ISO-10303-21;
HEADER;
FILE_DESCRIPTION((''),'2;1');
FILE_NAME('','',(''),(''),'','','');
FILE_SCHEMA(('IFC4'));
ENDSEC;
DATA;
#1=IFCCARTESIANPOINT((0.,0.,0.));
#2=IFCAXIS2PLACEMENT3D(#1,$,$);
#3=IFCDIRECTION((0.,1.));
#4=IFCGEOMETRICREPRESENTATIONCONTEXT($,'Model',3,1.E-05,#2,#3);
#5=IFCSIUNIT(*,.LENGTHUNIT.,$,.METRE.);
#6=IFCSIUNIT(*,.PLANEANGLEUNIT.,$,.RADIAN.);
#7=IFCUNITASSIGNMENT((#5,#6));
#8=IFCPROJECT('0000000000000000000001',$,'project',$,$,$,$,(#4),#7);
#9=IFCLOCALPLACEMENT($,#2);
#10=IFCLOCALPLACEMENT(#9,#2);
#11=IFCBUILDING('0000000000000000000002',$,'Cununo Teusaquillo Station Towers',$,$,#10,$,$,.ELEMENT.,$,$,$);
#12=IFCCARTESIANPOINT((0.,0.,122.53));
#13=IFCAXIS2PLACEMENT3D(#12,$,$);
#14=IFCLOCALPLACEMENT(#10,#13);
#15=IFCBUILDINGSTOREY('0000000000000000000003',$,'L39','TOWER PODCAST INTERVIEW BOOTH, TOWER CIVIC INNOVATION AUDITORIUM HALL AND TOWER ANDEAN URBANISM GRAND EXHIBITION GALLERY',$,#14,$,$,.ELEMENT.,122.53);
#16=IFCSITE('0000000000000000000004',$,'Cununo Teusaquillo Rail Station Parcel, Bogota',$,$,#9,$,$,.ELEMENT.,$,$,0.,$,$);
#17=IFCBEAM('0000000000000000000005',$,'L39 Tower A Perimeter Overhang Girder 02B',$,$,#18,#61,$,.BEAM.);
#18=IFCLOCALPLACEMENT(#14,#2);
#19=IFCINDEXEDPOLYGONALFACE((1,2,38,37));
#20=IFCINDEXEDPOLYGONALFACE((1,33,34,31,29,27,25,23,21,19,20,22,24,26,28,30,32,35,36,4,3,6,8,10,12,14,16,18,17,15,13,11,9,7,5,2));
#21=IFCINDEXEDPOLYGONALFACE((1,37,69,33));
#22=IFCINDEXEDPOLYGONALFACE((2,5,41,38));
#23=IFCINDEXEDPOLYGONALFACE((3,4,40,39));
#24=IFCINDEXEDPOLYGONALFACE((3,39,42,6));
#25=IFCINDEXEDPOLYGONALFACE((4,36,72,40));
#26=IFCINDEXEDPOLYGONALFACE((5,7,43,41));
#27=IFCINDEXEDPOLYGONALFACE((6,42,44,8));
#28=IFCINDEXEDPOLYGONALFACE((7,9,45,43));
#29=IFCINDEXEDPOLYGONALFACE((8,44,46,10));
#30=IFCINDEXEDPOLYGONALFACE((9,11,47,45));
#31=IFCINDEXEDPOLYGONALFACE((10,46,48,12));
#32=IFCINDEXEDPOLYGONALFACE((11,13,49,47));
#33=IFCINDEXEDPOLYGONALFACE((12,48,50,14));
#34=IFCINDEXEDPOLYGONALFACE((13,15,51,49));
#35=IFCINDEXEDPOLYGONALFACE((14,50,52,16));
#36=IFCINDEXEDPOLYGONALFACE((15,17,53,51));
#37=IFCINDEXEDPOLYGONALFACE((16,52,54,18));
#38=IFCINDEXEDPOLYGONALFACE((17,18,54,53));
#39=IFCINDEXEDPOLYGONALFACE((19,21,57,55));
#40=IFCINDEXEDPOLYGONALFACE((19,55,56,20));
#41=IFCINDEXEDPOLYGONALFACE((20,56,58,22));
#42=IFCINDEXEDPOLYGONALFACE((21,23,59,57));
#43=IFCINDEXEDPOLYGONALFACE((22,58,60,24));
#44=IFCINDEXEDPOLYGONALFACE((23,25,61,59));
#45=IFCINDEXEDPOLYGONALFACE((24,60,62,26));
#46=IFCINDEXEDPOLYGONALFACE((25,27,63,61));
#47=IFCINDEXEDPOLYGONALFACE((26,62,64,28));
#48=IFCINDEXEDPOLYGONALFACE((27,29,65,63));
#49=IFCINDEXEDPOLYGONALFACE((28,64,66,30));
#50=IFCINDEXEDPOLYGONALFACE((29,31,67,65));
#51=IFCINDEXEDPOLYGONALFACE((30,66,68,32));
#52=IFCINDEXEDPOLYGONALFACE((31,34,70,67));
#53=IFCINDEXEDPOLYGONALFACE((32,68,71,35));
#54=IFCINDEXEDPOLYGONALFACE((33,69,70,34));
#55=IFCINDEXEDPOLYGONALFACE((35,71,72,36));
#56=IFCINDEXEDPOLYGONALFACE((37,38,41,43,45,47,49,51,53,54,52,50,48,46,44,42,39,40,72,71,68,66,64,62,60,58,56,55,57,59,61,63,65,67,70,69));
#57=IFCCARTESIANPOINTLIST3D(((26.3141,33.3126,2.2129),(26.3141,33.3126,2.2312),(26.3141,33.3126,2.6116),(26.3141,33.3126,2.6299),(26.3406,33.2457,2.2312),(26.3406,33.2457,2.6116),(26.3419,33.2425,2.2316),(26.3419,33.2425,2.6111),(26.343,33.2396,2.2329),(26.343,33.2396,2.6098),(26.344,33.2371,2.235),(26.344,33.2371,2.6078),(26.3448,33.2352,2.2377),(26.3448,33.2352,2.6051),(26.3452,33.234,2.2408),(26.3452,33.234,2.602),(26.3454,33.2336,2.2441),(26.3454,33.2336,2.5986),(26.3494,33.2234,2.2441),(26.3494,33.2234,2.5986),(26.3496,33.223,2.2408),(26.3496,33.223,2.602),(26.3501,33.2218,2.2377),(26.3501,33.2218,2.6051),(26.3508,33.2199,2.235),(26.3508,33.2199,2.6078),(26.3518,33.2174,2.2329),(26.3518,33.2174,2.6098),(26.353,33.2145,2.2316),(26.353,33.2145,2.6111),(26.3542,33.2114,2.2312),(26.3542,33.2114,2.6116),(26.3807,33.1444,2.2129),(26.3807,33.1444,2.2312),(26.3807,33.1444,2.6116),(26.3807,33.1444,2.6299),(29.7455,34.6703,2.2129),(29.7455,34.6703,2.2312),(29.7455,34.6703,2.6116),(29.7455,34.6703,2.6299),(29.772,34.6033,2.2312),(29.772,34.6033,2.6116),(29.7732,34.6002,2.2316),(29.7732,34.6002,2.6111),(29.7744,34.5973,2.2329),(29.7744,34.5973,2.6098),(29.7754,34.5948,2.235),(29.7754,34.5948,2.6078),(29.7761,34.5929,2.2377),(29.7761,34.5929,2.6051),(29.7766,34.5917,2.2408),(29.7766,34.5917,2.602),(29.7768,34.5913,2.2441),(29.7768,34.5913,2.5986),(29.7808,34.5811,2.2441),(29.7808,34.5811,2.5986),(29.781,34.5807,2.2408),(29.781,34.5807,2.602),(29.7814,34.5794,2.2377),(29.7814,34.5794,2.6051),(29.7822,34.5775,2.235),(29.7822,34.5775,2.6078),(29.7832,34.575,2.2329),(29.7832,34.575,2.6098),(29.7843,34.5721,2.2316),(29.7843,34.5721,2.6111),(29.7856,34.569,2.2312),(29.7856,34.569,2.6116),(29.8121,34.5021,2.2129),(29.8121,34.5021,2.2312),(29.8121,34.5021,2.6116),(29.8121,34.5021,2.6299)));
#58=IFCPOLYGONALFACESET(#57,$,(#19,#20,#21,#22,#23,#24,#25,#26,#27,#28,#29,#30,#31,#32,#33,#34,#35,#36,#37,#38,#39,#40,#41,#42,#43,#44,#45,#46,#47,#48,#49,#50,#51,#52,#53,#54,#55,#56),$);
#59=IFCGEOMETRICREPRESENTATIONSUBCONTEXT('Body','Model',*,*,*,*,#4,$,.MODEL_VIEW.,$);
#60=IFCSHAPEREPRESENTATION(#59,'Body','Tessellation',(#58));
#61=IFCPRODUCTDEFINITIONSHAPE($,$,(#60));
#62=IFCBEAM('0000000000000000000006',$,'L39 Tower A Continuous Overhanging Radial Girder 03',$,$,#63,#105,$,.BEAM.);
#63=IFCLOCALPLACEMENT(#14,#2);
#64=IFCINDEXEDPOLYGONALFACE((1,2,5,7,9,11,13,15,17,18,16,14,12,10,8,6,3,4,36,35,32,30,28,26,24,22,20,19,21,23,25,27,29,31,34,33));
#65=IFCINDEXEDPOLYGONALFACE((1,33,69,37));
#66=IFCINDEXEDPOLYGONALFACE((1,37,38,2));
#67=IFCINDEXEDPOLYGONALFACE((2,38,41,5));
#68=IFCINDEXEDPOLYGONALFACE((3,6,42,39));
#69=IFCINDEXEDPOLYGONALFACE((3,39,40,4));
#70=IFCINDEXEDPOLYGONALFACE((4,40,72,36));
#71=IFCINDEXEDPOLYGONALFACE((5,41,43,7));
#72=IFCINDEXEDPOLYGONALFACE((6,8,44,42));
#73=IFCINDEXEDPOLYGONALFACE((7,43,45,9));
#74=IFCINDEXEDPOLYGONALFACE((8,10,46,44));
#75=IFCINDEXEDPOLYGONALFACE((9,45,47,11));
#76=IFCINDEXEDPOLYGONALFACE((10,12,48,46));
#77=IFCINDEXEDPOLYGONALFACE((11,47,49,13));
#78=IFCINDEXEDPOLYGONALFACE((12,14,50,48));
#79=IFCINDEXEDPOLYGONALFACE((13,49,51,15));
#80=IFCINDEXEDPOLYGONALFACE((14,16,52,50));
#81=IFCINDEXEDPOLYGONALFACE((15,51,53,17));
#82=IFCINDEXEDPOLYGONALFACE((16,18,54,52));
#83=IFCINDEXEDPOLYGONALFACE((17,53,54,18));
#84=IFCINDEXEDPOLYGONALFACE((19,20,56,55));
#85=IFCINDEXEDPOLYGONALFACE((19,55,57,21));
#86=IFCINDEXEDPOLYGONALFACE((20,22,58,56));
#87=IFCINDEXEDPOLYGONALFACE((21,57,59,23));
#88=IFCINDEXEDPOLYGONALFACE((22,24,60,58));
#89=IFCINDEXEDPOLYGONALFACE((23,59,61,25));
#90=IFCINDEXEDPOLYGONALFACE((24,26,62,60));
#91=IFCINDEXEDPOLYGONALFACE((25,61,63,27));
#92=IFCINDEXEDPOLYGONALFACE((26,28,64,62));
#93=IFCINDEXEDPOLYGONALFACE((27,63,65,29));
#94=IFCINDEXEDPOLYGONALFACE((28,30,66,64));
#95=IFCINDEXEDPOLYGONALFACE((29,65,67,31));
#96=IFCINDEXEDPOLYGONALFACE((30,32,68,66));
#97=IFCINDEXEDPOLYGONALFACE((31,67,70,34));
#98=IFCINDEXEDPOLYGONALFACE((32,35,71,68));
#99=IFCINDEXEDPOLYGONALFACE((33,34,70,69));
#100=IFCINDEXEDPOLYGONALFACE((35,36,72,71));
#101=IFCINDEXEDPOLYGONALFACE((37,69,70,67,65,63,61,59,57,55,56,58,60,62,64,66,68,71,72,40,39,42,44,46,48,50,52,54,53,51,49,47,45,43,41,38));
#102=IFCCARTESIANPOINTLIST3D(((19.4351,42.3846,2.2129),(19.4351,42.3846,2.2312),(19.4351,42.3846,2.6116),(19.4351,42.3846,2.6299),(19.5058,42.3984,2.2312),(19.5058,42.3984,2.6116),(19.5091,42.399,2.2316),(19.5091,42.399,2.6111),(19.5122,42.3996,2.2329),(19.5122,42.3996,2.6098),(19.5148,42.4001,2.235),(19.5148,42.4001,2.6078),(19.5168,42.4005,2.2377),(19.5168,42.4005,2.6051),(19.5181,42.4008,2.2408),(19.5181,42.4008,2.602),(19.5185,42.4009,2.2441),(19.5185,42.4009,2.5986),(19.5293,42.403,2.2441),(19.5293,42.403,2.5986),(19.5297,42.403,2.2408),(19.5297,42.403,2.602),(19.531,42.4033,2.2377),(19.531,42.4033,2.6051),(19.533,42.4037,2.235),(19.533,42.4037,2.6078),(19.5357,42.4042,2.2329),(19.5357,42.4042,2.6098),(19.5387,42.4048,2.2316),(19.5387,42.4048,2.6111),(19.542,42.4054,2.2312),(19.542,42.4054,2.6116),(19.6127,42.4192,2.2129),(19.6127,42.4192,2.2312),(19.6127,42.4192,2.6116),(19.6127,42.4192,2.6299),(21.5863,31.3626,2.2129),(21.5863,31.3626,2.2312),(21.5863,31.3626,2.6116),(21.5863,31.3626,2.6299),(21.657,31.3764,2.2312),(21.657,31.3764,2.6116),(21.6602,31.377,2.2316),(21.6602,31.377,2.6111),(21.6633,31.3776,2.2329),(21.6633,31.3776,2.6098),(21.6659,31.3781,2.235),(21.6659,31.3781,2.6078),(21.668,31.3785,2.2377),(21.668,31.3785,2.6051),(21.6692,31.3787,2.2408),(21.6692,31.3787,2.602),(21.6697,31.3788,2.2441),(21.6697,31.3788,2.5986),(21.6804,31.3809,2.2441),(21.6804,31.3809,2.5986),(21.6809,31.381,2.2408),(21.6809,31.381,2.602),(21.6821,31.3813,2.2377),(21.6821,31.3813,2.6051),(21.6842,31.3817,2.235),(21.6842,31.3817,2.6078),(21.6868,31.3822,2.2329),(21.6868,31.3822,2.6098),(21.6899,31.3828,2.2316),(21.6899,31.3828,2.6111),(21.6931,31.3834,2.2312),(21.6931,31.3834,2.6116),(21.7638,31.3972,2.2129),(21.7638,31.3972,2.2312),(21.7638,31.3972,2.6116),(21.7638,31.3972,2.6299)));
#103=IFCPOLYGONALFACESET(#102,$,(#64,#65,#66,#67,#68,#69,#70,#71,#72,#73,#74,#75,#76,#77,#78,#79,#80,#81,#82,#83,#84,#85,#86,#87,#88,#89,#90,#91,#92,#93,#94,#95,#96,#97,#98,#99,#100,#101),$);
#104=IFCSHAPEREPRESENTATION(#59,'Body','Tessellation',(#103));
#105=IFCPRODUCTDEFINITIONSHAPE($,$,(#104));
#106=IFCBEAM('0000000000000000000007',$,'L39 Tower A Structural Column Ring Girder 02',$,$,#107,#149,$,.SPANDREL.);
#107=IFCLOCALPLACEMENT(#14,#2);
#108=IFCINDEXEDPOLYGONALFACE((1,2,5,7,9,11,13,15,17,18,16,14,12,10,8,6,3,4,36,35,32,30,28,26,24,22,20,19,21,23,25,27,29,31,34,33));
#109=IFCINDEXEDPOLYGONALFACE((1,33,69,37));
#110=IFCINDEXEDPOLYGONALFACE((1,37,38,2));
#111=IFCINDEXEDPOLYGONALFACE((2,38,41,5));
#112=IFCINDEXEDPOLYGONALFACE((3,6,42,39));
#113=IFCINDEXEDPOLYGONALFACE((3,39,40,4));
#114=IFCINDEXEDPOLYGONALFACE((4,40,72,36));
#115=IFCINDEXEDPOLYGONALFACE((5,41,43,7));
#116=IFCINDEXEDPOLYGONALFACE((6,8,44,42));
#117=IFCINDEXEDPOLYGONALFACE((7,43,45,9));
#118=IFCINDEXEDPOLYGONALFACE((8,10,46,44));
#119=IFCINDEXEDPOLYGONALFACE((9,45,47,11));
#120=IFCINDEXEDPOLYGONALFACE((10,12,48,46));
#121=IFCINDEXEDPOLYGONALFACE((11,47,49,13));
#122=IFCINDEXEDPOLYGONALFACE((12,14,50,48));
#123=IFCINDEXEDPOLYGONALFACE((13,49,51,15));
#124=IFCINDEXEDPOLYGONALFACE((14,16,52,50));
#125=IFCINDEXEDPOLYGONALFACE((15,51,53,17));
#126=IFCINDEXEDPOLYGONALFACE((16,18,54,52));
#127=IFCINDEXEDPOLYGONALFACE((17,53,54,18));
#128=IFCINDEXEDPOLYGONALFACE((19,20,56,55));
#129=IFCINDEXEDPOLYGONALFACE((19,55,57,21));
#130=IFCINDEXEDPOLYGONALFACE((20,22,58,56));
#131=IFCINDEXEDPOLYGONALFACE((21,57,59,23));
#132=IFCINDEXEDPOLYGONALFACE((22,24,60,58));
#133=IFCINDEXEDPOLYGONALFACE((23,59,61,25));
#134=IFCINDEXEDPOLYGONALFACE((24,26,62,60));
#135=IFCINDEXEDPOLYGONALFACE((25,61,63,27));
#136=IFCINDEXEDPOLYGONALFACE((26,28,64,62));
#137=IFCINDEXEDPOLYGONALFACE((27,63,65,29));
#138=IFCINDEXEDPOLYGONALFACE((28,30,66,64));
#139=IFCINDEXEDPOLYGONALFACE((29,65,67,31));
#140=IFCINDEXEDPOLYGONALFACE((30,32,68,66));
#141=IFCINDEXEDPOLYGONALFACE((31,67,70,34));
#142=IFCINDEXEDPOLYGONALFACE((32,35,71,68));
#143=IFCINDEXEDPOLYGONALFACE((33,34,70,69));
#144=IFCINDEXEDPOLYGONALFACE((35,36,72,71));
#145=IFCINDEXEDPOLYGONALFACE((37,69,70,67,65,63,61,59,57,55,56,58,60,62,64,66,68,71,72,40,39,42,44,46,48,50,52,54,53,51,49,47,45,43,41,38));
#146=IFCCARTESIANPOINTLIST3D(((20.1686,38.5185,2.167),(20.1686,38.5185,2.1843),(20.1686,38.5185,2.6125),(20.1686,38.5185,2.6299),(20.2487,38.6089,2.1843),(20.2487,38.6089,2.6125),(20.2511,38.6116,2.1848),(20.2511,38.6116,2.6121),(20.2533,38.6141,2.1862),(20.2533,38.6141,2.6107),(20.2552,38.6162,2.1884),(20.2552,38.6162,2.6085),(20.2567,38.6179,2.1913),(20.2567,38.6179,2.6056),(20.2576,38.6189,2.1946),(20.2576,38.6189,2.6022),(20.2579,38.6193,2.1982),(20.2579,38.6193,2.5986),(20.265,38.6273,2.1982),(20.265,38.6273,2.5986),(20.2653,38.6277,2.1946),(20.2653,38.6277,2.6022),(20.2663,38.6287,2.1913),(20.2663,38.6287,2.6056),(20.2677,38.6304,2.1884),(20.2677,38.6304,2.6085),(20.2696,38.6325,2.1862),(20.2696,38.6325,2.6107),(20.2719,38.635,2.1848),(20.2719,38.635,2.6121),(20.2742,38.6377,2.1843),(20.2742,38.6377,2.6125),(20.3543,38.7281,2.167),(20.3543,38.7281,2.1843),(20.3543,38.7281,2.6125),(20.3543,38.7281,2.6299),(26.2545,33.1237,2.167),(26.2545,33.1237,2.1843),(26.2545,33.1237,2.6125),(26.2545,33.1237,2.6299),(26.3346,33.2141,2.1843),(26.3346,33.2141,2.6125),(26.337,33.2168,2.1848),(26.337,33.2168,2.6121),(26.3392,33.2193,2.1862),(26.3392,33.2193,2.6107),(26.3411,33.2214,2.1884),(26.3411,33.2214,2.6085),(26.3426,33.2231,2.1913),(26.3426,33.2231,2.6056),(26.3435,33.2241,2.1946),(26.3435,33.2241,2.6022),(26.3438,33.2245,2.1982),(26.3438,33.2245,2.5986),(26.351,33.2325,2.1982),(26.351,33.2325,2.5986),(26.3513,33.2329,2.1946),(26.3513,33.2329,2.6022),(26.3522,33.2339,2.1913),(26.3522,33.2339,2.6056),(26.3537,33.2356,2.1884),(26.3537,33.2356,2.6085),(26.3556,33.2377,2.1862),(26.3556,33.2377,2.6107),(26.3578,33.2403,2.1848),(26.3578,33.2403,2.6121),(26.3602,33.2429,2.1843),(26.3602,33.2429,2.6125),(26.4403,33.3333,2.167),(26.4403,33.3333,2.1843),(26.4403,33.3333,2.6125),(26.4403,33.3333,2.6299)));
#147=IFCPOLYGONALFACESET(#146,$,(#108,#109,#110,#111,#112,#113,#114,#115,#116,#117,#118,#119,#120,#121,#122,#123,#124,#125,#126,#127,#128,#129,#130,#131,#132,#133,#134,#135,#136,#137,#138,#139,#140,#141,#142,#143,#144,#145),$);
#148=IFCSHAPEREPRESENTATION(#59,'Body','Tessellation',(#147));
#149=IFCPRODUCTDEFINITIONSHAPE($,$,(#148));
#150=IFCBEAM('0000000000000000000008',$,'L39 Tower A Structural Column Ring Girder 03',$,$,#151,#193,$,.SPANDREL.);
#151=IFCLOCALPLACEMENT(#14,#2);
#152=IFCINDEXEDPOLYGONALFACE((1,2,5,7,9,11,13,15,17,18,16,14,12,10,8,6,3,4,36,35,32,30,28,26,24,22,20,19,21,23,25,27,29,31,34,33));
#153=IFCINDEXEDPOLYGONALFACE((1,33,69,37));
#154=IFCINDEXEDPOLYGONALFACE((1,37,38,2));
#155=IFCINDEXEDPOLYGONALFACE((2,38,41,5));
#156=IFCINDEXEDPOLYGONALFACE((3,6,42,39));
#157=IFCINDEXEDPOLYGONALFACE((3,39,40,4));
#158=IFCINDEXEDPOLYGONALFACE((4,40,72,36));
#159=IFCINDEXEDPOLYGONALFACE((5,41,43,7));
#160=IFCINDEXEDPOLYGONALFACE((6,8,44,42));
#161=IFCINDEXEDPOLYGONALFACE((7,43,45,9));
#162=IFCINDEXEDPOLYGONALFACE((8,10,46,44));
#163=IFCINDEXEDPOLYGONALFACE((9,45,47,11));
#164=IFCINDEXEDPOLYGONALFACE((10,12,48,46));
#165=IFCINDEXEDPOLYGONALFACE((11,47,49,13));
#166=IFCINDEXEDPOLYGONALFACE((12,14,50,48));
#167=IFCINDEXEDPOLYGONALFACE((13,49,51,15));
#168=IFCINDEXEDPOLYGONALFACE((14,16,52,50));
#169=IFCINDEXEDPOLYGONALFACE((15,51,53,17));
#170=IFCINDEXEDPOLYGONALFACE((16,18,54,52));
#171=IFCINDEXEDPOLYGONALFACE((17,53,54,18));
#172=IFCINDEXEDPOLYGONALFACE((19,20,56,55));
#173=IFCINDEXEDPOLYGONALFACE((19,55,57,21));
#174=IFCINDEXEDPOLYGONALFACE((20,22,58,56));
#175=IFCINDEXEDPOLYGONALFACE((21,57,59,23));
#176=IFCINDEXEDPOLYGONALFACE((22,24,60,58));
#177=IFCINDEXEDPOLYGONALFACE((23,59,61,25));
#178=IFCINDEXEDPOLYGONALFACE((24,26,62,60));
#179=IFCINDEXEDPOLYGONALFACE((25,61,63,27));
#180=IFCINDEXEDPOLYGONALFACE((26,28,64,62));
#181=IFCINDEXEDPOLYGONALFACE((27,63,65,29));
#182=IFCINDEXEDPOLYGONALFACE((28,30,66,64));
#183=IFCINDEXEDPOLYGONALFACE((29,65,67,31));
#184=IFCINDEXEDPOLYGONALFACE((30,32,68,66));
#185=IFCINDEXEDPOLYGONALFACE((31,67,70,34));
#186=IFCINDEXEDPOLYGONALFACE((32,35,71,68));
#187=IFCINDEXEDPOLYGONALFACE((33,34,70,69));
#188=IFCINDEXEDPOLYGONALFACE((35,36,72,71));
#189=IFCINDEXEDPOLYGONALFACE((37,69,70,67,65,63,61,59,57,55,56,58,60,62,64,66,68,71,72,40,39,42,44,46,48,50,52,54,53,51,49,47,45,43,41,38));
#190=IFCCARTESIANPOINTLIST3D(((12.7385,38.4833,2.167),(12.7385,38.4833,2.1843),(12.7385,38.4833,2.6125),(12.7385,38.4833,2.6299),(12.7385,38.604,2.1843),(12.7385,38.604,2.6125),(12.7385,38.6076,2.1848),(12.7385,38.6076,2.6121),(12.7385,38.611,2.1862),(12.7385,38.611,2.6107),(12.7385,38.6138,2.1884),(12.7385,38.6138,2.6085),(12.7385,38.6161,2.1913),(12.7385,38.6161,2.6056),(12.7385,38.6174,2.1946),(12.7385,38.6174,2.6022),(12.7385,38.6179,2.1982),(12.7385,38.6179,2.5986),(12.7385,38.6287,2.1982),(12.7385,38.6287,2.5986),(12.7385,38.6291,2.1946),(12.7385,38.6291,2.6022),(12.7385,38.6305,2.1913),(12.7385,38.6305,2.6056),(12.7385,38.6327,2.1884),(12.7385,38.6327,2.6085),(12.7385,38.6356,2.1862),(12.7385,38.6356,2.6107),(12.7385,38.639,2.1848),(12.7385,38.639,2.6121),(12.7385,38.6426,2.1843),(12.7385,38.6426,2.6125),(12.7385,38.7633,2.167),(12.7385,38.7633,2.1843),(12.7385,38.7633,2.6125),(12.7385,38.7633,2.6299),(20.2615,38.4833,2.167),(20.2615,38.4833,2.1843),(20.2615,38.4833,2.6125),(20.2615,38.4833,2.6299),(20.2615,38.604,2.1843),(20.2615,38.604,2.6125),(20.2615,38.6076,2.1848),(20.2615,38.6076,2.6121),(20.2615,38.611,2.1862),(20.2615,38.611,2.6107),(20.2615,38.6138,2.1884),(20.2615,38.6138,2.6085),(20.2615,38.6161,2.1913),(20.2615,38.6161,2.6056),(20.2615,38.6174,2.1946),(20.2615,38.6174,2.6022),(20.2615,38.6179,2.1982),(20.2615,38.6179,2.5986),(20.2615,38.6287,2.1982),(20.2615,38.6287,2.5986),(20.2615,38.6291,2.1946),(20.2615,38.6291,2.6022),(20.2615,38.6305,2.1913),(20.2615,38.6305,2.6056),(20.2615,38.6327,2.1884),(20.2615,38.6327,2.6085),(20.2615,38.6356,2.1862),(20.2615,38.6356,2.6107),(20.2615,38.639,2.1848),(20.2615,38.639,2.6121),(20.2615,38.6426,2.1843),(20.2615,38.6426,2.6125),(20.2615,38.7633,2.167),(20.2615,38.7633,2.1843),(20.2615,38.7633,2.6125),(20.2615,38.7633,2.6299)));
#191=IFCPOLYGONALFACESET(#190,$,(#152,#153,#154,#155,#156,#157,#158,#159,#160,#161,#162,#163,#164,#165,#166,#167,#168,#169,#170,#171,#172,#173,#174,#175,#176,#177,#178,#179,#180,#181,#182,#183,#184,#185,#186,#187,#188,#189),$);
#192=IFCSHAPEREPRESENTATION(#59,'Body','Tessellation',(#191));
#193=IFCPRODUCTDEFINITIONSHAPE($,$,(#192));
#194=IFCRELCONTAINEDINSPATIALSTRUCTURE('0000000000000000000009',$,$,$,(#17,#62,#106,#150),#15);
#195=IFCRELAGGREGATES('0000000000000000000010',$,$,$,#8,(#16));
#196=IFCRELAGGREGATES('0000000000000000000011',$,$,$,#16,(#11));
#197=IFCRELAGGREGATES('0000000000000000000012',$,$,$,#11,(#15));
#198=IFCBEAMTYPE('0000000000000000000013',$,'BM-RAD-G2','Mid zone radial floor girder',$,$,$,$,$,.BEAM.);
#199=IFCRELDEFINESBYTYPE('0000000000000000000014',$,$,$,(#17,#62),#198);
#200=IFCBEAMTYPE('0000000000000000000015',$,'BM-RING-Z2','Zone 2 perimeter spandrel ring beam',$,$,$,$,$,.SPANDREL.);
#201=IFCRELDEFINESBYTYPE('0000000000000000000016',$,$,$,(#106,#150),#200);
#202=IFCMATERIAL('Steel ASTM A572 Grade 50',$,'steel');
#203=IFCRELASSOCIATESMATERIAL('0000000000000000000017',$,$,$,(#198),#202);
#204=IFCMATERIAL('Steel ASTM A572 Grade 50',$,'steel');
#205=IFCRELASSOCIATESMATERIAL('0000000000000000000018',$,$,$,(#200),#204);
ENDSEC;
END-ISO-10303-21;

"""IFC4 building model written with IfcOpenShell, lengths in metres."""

from ifc_helpers import new_model, si_unit, direction, frame, origin, origin_2d, place, context, subcontext, project, spatial, i_section, extrude, material, material_profile, profile_set, type_object, element, save


model = new_model("IFC4")

# Units and contexts
model_context = context("Model", 3, precision=1e-05, world=origin(), true_north=direction((0.0, 1.0)))
body_context = subcontext(model_context, "Body", "Model", "MODEL_VIEW")
ifc_project = project(units=[si_unit("LENGTHUNIT", "METRE"), si_unit("PLANEANGLEUNIT", "RADIAN")], contexts=[model_context])

# Site, building, storey
site_placement = place(None, origin())
site = spatial("IfcSite", under=ifc_project, at=site_placement, Name="Cununo Teusaquillo Rail Station Parcel, Bogota", CompositionType="ELEMENT", RefElevation=0.0)
building_placement = place(site_placement, origin())
building = spatial("IfcBuilding", under=site, at=building_placement, Name="Cununo Teusaquillo Station Towers", CompositionType="ELEMENT")
storey_placement = place(building_placement, frame((0.0, 0.0, 122.53)))
storey = spatial("IfcBuildingStorey", under=building, at=storey_placement, Name="L39", Description="TOWER PODCAST INTERVIEW BOOTH, TOWER CIVIC INNOVATION AUDITORIUM HALL AND TOWER ANDEAN URBANISM GRAND EXHIBITION GALLERY", CompositionType="ELEMENT", Elevation=122.53)

# Beams
ifc_material_1 = material(Name="Steel ASTM A572 Grade 50", Category="steel")
ifc_material_profile_1 = material_profile(ifc_material_1, i_section(OverallWidth=0.1809, OverallDepth=0.417, WebThickness=0.011, FlangeThickness=0.0183, FilletRadius=0.0129, at=origin_2d()), Name="W16X57")
ifc_profile_set_1 = profile_set([ifc_material_profile_1], Name="Steel ASTM A572 Grade 50")
beam_type_1 = type_object("IfcBeamType", Name="BM-RAD-G2", Description="Mid zone radial floor girder", PredefinedType="BEAM", material=ifc_profile_set_1)
beam_1_placement = place(storey_placement, frame((26.3474, 33.2285, 2.4214), z_axis=(0.929862, 0.367909, 0.0), x_axis=(-0.367909, 0.929862, 0.0)))
element("IfcBeam", 1, at=beam_1_placement, inside=storey, type_object=beam_type_1, Name="L39 Tower A Perimeter Overhang Girder 02B", PredefinedType="BEAM", context=body_context, shape_type="SweptSolid", body=[
    extrude(i_section(OverallWidth=0.1809, OverallDepth=0.417, WebThickness=0.011, FlangeThickness=0.0183, FilletRadius=0.0129, at=origin_2d()), origin(), (0.0, 0.0, 1.0), 3.6902),
])
beam_2_placement = place(storey_placement, frame((21.675, 31.3799, 2.4214), z_axis=(-0.191553, 0.981482, 0.0), x_axis=(-0.981482, -0.191553, 0.0)))
element("IfcBeam", 2, at=beam_2_placement, inside=storey, type_object=beam_type_1, Name="L39 Tower A Continuous Overhanging Radial Girder 03", PredefinedType="BEAM", context=body_context, shape_type="SweptSolid", body=[
    extrude(i_section(OverallWidth=0.1809, OverallDepth=0.417, WebThickness=0.011, FlangeThickness=0.0183, FilletRadius=0.0129, at=origin_2d()), origin(), (0.0, 0.0, 1.0), 11.23),
])
ifc_material_2 = material(Name="Steel ASTM A572 Grade 50", Category="steel")
ifc_material_profile_2 = material_profile(ifc_material_2, i_section(OverallWidth=0.28, OverallDepth=0.4629, WebThickness=0.0107, FlangeThickness=0.0173, FilletRadius=0.0139, at=origin_2d()), Name="W18X76")
ifc_profile_set_2 = profile_set([ifc_material_profile_2], Name="Steel ASTM A572 Grade 50")
beam_type_2 = type_object("IfcBeamType", Name="BM-RING-Z2", Description="Zone 2 perimeter spandrel ring beam", PredefinedType="SPANDREL", material=ifc_profile_set_2)
beam_3_placement = place(storey_placement, frame((26.3474, 33.2285, 2.3984), z_axis=(-0.748321, 0.663337, 0.0), x_axis=(-0.663337, -0.748321, 0.0)))
element("IfcBeam", 3, at=beam_3_placement, inside=storey, type_object=beam_type_2, Name="L39 Tower A Structural Column Ring Girder 02", PredefinedType="SPANDREL", context=body_context, shape_type="SweptSolid", body=[
    extrude(i_section(OverallWidth=0.28, OverallDepth=0.4629, WebThickness=0.0107, FlangeThickness=0.0173, FilletRadius=0.0139, at=origin_2d()), origin(), (0.0, 0.0, 1.0), 8.1328),
])
beam_4_placement = place(storey_placement, frame((20.2615, 38.6233, 2.3984), z_axis=(-1.0, 0.0, 0.0), x_axis=(0.0, -1.0, 0.0)))
element("IfcBeam", 4, at=beam_4_placement, inside=storey, type_object=beam_type_2, Name="L39 Tower A Structural Column Ring Girder 03", PredefinedType="SPANDREL", context=body_context, shape_type="SweptSolid", body=[
    extrude(i_section(OverallWidth=0.28, OverallDepth=0.4629, WebThickness=0.0107, FlangeThickness=0.0173, FilletRadius=0.0139, at=origin_2d()), origin(), (0.0, 0.0, 1.0), 7.5229),
])

save(model, "model.ifc")
